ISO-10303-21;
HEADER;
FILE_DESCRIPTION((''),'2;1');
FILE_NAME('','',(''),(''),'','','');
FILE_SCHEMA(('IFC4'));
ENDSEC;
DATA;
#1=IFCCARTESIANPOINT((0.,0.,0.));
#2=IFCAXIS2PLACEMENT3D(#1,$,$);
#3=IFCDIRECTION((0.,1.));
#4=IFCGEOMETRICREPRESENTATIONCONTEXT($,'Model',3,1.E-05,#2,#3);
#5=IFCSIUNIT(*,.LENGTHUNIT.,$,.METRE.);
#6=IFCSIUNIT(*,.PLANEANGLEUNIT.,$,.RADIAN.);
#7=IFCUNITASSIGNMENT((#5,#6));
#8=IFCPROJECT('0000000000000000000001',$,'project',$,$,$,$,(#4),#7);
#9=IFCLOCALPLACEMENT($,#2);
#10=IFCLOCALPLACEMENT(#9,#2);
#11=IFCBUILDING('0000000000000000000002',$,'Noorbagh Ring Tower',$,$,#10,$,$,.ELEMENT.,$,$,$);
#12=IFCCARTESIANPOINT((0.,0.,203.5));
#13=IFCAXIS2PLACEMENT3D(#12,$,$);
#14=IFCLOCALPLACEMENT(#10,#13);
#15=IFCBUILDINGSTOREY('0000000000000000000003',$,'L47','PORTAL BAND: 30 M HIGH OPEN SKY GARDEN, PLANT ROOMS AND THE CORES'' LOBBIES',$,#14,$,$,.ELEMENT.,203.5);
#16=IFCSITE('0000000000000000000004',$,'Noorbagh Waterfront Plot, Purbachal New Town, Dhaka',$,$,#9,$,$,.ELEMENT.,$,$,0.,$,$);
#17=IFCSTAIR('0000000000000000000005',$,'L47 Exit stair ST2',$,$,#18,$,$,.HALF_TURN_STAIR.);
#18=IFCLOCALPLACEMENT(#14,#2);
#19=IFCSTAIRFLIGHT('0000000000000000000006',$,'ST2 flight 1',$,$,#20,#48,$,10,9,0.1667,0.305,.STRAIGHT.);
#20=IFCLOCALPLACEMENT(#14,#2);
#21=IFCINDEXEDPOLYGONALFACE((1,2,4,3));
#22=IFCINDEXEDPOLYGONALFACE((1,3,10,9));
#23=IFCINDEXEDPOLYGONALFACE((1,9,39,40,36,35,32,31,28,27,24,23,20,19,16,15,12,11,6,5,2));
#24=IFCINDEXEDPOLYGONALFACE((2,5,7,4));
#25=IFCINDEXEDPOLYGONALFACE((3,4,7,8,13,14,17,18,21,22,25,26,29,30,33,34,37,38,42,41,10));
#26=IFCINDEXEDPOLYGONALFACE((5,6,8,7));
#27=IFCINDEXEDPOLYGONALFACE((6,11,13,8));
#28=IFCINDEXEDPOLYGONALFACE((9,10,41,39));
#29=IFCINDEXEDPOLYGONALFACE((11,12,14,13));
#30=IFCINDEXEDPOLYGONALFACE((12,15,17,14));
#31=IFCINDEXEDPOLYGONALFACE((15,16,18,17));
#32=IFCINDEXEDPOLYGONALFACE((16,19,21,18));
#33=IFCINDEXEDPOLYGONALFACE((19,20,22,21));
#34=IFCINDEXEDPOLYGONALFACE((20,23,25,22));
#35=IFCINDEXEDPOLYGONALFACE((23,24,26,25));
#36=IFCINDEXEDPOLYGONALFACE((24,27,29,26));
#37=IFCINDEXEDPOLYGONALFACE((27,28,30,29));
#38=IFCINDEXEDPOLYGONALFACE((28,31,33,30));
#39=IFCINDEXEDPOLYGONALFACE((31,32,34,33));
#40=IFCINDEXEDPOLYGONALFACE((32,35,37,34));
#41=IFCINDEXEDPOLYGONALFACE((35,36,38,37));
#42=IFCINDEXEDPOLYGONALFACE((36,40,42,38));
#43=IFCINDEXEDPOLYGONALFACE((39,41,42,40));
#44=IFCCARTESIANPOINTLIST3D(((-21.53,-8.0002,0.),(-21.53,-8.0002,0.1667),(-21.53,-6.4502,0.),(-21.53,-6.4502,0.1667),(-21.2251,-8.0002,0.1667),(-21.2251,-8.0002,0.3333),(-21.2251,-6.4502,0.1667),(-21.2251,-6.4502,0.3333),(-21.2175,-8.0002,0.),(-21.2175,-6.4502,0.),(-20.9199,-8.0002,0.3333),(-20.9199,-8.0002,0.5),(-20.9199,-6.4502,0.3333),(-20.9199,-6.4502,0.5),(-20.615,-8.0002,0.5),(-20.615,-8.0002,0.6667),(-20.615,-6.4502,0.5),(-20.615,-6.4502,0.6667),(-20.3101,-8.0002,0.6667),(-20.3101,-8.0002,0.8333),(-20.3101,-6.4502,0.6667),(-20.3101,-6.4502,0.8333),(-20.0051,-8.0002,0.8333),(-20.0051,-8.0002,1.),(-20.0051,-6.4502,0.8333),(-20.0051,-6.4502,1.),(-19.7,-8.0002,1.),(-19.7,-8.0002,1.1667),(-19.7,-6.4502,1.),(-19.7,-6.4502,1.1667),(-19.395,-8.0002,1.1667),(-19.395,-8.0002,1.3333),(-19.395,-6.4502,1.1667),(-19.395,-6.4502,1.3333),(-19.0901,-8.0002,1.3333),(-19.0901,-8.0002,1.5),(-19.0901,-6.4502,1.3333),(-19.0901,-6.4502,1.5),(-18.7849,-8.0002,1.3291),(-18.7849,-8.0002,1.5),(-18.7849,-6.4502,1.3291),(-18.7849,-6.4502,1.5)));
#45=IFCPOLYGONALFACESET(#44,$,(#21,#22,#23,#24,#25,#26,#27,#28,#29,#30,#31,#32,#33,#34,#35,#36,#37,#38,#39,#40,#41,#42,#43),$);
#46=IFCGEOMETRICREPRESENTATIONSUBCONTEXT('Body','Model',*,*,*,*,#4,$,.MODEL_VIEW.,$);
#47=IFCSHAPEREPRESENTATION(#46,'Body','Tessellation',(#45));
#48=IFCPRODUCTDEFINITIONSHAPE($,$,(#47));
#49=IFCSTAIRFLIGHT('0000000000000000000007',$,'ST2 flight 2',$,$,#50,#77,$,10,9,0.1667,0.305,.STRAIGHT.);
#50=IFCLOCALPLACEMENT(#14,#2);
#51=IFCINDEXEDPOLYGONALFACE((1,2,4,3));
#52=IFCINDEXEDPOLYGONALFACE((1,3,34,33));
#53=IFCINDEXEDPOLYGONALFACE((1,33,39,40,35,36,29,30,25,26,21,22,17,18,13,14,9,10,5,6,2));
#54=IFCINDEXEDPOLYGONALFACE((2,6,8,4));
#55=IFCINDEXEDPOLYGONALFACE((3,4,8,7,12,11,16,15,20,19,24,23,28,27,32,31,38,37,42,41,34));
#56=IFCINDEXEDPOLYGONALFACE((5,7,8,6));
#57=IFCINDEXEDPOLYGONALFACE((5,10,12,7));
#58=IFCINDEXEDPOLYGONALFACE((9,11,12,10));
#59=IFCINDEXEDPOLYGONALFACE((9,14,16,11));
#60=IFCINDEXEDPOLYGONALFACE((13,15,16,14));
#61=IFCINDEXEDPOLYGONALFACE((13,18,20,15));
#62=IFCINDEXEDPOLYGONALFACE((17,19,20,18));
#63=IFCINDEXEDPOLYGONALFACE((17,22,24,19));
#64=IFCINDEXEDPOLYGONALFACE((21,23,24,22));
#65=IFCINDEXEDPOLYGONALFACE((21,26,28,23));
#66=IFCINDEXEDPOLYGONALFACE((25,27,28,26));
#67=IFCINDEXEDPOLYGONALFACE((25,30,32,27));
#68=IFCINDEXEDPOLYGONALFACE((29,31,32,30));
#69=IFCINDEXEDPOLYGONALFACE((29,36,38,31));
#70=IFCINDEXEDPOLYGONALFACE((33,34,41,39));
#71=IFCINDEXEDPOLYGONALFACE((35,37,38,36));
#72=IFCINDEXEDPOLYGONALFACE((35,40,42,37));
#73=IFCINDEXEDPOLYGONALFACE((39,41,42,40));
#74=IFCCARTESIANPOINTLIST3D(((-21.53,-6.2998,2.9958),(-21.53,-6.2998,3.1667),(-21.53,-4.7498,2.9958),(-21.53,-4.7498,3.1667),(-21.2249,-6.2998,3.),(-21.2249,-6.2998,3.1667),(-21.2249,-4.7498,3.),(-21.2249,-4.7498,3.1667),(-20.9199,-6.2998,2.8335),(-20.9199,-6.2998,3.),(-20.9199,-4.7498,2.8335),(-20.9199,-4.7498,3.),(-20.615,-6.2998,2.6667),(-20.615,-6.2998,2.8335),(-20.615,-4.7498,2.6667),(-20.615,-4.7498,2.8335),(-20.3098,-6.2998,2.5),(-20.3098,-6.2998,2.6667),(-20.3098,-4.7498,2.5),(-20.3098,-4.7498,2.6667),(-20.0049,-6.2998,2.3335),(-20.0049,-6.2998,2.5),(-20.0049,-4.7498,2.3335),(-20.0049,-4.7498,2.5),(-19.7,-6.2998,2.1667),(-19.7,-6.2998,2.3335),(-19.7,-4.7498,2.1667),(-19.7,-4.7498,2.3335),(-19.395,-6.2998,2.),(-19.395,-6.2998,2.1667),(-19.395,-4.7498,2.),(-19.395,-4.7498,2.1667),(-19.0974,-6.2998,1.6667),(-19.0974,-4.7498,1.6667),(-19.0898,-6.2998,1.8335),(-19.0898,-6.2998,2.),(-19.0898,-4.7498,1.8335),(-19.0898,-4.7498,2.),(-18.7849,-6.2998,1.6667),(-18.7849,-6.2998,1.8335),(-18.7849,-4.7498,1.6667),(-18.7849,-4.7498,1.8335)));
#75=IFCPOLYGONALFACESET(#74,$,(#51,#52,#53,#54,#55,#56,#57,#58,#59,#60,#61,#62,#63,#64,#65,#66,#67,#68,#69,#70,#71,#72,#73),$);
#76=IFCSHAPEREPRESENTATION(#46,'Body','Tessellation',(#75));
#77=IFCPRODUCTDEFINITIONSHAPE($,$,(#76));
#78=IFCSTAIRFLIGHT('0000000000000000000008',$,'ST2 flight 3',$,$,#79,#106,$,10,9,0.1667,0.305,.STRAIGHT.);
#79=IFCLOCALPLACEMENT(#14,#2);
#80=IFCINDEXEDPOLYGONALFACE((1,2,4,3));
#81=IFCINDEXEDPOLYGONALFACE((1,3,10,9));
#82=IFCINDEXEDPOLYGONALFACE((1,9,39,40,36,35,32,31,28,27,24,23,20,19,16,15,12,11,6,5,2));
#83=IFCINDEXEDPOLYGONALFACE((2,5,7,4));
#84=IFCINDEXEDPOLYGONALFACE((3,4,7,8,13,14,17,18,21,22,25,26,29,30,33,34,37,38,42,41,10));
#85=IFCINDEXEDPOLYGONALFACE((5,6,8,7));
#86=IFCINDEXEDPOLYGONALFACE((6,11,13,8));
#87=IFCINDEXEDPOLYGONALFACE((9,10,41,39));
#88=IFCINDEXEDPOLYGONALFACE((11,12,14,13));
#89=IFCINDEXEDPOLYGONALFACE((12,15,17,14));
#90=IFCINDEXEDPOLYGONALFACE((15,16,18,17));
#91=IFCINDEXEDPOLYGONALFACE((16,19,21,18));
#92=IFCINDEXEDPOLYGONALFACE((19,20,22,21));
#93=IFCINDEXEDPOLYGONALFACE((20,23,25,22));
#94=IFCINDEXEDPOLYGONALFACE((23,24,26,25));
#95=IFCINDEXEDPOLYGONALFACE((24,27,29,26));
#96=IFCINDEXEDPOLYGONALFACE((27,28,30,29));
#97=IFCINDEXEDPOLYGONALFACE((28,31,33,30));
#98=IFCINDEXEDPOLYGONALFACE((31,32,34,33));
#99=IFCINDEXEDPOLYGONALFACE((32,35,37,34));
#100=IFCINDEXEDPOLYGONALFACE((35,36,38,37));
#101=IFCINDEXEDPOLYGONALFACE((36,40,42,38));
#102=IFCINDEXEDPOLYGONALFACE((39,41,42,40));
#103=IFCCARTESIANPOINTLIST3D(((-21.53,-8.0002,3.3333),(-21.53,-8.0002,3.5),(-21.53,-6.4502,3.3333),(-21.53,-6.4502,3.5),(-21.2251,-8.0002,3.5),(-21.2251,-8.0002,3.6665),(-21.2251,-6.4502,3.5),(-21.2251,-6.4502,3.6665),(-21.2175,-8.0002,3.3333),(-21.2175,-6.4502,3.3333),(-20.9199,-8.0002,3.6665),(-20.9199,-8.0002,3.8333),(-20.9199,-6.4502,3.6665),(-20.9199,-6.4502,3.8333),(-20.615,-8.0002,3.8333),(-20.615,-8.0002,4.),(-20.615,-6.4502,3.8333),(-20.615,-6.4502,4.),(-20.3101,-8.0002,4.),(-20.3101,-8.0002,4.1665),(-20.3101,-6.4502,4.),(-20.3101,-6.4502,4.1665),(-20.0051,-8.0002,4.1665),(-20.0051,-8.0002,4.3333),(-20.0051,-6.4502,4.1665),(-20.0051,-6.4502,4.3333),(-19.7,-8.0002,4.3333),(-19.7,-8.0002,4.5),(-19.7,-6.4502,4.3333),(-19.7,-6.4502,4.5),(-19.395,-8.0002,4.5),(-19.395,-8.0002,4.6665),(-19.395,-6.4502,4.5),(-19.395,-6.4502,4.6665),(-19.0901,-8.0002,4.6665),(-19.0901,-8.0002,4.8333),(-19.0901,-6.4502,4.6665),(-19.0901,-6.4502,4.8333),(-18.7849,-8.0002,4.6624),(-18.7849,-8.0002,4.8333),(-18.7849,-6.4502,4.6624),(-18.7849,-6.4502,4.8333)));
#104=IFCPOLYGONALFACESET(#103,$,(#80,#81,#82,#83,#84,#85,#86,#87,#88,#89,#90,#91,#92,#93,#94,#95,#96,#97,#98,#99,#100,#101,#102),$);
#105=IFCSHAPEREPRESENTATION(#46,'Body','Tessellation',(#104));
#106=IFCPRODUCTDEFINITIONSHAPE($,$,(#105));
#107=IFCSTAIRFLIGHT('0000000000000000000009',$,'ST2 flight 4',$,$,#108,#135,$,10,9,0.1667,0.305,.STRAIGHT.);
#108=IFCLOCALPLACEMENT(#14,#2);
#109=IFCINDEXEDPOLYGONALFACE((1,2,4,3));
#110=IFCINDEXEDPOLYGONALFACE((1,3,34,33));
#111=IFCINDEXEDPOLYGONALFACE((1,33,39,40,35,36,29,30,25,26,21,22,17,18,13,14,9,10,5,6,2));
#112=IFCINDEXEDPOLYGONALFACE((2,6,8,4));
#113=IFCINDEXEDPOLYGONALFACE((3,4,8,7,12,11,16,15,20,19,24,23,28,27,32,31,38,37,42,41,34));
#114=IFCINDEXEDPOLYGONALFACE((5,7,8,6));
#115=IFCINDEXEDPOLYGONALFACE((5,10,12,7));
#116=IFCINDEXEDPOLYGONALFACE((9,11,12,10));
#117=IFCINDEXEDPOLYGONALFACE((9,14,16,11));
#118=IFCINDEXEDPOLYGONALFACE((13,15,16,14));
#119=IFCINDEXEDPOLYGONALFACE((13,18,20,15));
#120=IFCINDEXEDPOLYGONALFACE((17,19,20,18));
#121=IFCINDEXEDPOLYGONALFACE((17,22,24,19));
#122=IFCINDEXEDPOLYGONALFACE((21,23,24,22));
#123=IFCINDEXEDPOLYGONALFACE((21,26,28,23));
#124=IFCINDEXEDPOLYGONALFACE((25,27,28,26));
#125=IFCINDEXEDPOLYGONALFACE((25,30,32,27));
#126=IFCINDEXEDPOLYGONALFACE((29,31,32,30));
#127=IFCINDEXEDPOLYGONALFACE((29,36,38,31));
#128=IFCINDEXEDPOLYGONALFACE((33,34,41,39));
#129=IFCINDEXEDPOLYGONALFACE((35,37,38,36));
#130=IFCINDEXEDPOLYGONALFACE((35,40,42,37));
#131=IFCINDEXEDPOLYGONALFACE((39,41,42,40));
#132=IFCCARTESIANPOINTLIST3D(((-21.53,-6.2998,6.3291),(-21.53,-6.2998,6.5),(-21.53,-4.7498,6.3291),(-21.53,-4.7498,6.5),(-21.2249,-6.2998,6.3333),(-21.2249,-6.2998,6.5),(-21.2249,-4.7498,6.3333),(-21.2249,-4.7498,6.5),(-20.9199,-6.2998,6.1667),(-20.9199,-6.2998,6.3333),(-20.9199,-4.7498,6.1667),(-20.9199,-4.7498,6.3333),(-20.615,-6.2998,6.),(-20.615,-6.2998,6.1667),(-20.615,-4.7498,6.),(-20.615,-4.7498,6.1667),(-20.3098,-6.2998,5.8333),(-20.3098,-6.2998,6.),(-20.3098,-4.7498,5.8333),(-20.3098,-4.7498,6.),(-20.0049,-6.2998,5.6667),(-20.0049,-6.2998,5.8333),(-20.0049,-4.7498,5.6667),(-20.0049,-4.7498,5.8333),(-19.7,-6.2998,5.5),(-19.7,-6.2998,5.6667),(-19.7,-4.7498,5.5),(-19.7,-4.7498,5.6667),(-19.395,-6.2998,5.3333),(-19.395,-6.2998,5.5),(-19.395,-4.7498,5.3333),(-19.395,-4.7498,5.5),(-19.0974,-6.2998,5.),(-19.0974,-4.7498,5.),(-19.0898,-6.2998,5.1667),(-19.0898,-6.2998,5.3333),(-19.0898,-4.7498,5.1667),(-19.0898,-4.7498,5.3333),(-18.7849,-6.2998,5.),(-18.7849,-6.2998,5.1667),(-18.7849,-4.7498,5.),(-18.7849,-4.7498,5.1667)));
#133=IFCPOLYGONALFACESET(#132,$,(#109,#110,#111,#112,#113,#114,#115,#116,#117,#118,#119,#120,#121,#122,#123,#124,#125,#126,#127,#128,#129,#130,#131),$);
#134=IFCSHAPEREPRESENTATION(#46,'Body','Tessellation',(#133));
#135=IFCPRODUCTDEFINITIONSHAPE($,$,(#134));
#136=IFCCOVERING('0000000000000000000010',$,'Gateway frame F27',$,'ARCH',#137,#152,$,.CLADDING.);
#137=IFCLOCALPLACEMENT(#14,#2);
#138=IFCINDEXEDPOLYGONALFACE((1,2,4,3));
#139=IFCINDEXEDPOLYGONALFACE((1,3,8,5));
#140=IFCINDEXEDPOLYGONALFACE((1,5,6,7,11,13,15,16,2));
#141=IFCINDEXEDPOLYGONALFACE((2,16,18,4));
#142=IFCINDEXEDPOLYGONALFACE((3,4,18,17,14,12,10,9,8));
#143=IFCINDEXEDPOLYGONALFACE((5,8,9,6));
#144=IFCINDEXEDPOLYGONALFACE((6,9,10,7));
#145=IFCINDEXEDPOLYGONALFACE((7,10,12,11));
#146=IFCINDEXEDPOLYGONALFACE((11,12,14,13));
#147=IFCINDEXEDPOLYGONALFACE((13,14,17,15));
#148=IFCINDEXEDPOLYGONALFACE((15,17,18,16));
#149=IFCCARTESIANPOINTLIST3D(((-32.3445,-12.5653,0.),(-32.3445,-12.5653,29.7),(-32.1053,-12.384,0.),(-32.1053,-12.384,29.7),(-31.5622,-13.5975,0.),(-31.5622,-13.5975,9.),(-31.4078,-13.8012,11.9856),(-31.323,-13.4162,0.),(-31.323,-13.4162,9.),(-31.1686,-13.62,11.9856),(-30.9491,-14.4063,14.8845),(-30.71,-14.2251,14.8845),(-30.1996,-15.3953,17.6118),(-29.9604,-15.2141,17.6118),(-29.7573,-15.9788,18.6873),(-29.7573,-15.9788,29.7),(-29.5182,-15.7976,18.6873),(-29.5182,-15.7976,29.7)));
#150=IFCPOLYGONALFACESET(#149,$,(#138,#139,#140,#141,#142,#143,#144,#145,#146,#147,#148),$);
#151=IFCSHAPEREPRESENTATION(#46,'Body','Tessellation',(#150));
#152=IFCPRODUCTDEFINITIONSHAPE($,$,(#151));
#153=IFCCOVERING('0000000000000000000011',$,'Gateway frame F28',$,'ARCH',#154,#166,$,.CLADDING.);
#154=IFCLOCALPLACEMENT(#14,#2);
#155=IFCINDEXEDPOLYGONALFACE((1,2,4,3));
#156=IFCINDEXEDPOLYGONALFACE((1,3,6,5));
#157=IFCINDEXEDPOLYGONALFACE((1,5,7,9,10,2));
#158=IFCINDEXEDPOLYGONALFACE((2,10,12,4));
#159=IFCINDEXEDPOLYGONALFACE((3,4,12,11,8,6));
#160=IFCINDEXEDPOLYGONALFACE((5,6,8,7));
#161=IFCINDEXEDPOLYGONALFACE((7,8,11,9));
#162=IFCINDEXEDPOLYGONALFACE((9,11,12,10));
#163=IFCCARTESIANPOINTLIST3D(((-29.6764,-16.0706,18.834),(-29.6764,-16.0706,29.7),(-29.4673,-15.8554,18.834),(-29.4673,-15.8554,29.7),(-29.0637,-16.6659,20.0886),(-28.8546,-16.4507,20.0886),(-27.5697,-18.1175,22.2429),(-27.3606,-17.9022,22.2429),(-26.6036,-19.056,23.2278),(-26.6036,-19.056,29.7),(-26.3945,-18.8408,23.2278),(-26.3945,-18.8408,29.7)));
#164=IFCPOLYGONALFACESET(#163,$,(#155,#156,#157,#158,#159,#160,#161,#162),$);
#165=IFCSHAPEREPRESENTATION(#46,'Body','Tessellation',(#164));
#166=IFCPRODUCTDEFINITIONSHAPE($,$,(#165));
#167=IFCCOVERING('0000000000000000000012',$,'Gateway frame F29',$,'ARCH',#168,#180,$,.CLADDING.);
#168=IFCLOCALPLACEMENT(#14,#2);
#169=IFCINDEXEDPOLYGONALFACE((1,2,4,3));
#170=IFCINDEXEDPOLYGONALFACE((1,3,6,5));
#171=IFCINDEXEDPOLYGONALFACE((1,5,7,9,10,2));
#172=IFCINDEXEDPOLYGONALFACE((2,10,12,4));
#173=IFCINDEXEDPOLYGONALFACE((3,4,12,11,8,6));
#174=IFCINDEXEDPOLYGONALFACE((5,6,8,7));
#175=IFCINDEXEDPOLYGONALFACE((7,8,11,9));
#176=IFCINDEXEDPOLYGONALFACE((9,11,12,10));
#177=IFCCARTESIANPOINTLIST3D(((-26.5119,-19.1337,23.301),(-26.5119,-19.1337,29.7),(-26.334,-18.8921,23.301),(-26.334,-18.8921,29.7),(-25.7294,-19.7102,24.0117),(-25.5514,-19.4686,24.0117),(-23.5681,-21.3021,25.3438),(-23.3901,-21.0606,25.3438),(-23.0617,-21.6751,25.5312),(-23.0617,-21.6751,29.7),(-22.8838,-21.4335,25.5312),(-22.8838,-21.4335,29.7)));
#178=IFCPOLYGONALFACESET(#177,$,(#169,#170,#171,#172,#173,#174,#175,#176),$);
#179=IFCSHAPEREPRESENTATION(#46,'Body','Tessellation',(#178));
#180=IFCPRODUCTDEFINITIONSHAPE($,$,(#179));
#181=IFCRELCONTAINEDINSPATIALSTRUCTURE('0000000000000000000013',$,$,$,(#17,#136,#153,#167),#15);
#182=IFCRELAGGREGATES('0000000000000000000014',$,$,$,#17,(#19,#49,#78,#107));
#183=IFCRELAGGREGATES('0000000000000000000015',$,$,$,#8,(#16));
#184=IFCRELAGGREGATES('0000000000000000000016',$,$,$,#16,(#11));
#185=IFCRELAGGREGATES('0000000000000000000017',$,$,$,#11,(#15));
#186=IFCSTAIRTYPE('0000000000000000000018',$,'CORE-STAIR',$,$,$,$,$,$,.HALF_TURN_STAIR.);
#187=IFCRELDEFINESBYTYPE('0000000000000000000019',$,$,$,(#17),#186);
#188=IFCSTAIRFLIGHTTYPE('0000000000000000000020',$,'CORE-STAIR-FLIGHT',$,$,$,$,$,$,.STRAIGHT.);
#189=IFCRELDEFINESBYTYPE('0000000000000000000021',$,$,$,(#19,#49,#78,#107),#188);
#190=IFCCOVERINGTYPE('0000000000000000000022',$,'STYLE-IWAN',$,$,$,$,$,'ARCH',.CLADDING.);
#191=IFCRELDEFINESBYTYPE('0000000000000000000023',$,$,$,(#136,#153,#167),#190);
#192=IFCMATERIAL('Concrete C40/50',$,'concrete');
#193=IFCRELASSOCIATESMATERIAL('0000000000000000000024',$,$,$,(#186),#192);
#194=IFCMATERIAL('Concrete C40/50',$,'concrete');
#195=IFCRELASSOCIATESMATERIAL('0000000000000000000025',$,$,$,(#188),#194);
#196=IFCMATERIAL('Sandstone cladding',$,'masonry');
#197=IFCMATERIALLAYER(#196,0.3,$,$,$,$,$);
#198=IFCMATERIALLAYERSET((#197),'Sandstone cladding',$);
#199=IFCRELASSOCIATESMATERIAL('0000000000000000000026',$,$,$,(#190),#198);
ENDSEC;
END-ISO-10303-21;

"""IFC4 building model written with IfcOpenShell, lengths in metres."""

from ifc_helpers import new_model, si_unit, direction, frame, origin, place, context, subcontext, project, spatial, polyline, outline, extrude, material, layer, layer_set, type_object, element, aggregate, save


model = new_model("IFC4")

# Units and contexts
model_context = context("Model", 3, precision=1e-05, world=origin(), true_north=direction((0.0, 1.0)))
body_context = subcontext(model_context, "Body", "Model", "MODEL_VIEW")
ifc_project = project(units=[si_unit("LENGTHUNIT", "METRE"), si_unit("PLANEANGLEUNIT", "RADIAN")], contexts=[model_context])

# Site, building, storey
site_placement = place(None, origin())
site = spatial("IfcSite", under=ifc_project, at=site_placement, Name="Noorbagh Waterfront Plot, Purbachal New Town, Dhaka", CompositionType="ELEMENT", RefElevation=0.0)
building_placement = place(site_placement, origin())
building = spatial("IfcBuilding", under=site, at=building_placement, Name="Noorbagh Ring Tower", CompositionType="ELEMENT")
storey_placement = place(building_placement, frame((0.0, 0.0, 203.5)))
storey = spatial("IfcBuildingStorey", under=building, at=storey_placement, Name="L47", Description="PORTAL BAND: 30 M HIGH OPEN SKY GARDEN, PLANT ROOMS AND THE CORES' LOBBIES", CompositionType="ELEMENT", Elevation=203.5)

# Stair, stair flights
ifc_material_1 = material(Name="Concrete C40/50", Category="concrete")
stair_type = type_object("IfcStairType", Name="CORE-STAIR", PredefinedType="HALF_TURN_STAIR", material=ifc_material_1)
stair_placement = place(storey_placement, origin())
stair = element("IfcStair", 1, at=stair_placement, inside=storey, type_object=stair_type, Name="L47 Exit stair ST2", PredefinedType="HALF_TURN_STAIR")
ifc_material_2 = material(Name="Concrete C40/50", Category="concrete")
stair_flight_type = type_object("IfcStairFlightType", Name="CORE-STAIR-FLIGHT", PredefinedType="STRAIGHT", material=ifc_material_2)
stair_flight_1_placement = place(storey_placement, frame((-21.53, -7.2251, 0.0), z_axis=(0.0, 0.0, 1.0), x_axis=(1.0, 0.0, 0.0)))
stair_flight_1 = element("IfcStairFlight", 2, at=stair_flight_1_placement, type_object=stair_flight_type, Name="ST2 flight 1", NumberOfRisers=10, NumberOfTreads=9, PredefinedType="STRAIGHT", RiserHeight=0.1667, TreadLength=0.305, context=body_context, shape_type="SweptSolid", body=[
    extrude(outline(polyline([(0.0, 0.0), (0.0, 0.1667), (0.3049, 0.1667), (0.3049, 0.3333), (0.6101, 0.3333), (0.6101, 0.5), (0.915, 0.5), (0.915, 0.6667), (1.22, 0.6667), (1.22, 0.8333), (1.5249, 0.8333), (1.5249, 1.0), (1.8301, 1.0), (1.8301, 1.1667), (2.135, 1.1667), (2.135, 1.3333), (2.4399, 1.3333), (2.4399, 1.5), (2.7451, 1.5), (2.7451, 1.6667), (2.7451, 1.3291), (0.3125, 0.0), (0.0, 0.0)])), frame((0.0, 0.7749, 0.0), z_axis=(0.0, -1.0, 0.0), x_axis=(1.0, 0.0, 0.0)), (0.0, 0.0, 1.0), 1.55),
])
stair_flight_2_placement = place(storey_placement, frame((-18.7849, -5.5249, 1.6667), z_axis=(0.0, 0.0, 1.0), x_axis=(-1.0, 0.0, 0.0)))
stair_flight_2 = element("IfcStairFlight", 3, at=stair_flight_2_placement, type_object=stair_flight_type, Name="ST2 flight 2", NumberOfRisers=10, NumberOfTreads=9, PredefinedType="STRAIGHT", RiserHeight=0.1667, TreadLength=0.305, context=body_context, shape_type="SweptSolid", body=[
    extrude(outline(polyline([(0.0, 0.0), (0.0, 0.1667), (0.3049, 0.1667), (0.3049, 0.3333), (0.6101, 0.3333), (0.6101, 0.5), (0.915, 0.5), (0.915, 0.6667), (1.22, 0.6667), (1.22, 0.8333), (1.5249, 0.8333), (1.5249, 1.0), (1.8301, 1.0), (1.8301, 1.1667), (2.135, 1.1667), (2.135, 1.3333), (2.4399, 1.3333), (2.4399, 1.5), (2.7451, 1.5), (2.7451, 1.6667), (2.7451, 1.3291), (0.3125, 0.0), (0.0, 0.0)])), frame((0.0, 0.7749, 0.0), z_axis=(0.0, -1.0, 0.0), x_axis=(1.0, 0.0, 0.0)), (0.0, 0.0, 1.0), 1.55),
])
stair_flight_3_placement = place(storey_placement, frame((-21.53, -7.2251, 3.3333), z_axis=(0.0, 0.0, 1.0), x_axis=(1.0, 0.0, 0.0)))
stair_flight_3 = element("IfcStairFlight", 4, at=stair_flight_3_placement, type_object=stair_flight_type, Name="ST2 flight 3", NumberOfRisers=10, NumberOfTreads=9, PredefinedType="STRAIGHT", RiserHeight=0.1667, TreadLength=0.305, context=body_context, shape_type="SweptSolid", body=[
    extrude(outline(polyline([(0.0, 0.0), (0.0, 0.1667), (0.3049, 0.1667), (0.3049, 0.3333), (0.6101, 0.3333), (0.6101, 0.5), (0.915, 0.5), (0.915, 0.6667), (1.22, 0.6667), (1.22, 0.8333), (1.5249, 0.8333), (1.5249, 1.0), (1.8301, 1.0), (1.8301, 1.1667), (2.135, 1.1667), (2.135, 1.3333), (2.4399, 1.3333), (2.4399, 1.5), (2.7451, 1.5), (2.7451, 1.6667), (2.7451, 1.3291), (0.3125, 0.0), (0.0, 0.0)])), frame((0.0, 0.7749, 0.0), z_axis=(0.0, -1.0, 0.0), x_axis=(1.0, 0.0, 0.0)), (0.0, 0.0, 1.0), 1.55),
])
stair_flight_4_placement = place(storey_placement, frame((-18.7849, -5.5249, 5.0), z_axis=(0.0, 0.0, 1.0), x_axis=(-1.0, 0.0, 0.0)))
stair_flight_4 = element("IfcStairFlight", 5, at=stair_flight_4_placement, type_object=stair_flight_type, Name="ST2 flight 4", NumberOfRisers=10, NumberOfTreads=9, PredefinedType="STRAIGHT", RiserHeight=0.1667, TreadLength=0.305, context=body_context, shape_type="SweptSolid", body=[
    extrude(outline(polyline([(0.0, 0.0), (0.0, 0.1667), (0.3049, 0.1667), (0.3049, 0.3333), (0.6101, 0.3333), (0.6101, 0.5), (0.915, 0.5), (0.915, 0.6667), (1.22, 0.6667), (1.22, 0.8333), (1.5249, 0.8333), (1.5249, 1.0), (1.8301, 1.0), (1.8301, 1.1667), (2.135, 1.1667), (2.135, 1.3333), (2.4399, 1.3333), (2.4399, 1.5), (2.7451, 1.5), (2.7451, 1.6667), (2.7451, 1.3291), (0.3125, 0.0), (0.0, 0.0)])), frame((0.0, 0.7749, 0.0), z_axis=(0.0, -1.0, 0.0), x_axis=(1.0, 0.0, 0.0)), (0.0, 0.0, 1.0), 1.55),
])
aggregate(stair, [stair_flight_1, stair_flight_2, stair_flight_3, stair_flight_4])

# Coverings
ifc_material_3 = material(Name="Sandstone cladding", Category="masonry")
ifc_layer_1 = layer(ifc_material_3, 0.3)
ifc_layer_set_1 = layer_set([ifc_layer_1], Name="Sandstone cladding")
covering_type = type_object("IfcCoveringType", Name="STYLE-IWAN", ElementType="ARCH", PredefinedType="CLADDING", material=ifc_layer_set_1)
covering_1_placement = place(storey_placement, frame((-30.8118, -14.0908, 0.0), z_axis=(-0.796969, -0.60402, 0.0), x_axis=(0.60402, -0.796969, 0.0)))
element("IfcCovering", 6, at=covering_1_placement, inside=storey, type_object=covering_type, Name="Gateway frame F27", ObjectType="ARCH", PredefinedType="CLADDING", context=body_context, shape_type="SweptSolid", body=[
    extrude(outline(polyline([(-2.1416, 0.0), (-0.8464, 0.0), (-0.8464, 9.0), (-0.5908, 11.9856), (0.1685, 14.8845), (1.4094, 17.6118), (2.1416, 18.6873), (2.1416, 29.7), (-2.1416, 29.7), (-2.1416, 0.0)])), origin(), (0.0, 0.0, 1.0), 0.3),
])
covering_2_placement = place(storey_placement, frame((-27.9309, -17.3481, 0.0), z_axis=(-0.696842, -0.717225, 0.0), x_axis=(0.717225, -0.696842, 0.0)))
element("IfcCovering", 7, at=covering_2_placement, inside=storey, type_object=covering_type, Name="Gateway frame F28", ObjectType="ARCH", PredefinedType="CLADDING", context=body_context, shape_type="SweptSolid", body=[
    extrude(outline(polyline([(-2.1421, 29.7), (-2.1421, 18.834), (-1.2878, 20.0886), (0.7952, 22.2429), (2.1421, 23.2278), (2.1421, 29.7), (-2.1421, 29.7)])), origin(), (0.0, 0.0, 1.0), 0.3),
])
covering_3_placement = place(storey_placement, frame((-24.6089, -20.1628, 0.0), z_axis=(-0.593067, -0.805153, 0.0), x_axis=(0.805153, -0.593067, 0.0)))
element("IfcCovering", 8, at=covering_3_placement, inside=storey, type_object=covering_type, Name="Gateway frame F29", ObjectType="ARCH", PredefinedType="CLADDING", context=body_context, shape_type="SweptSolid", body=[
    extrude(outline(polyline([(-2.1426, 29.7), (-2.1426, 23.301), (-1.1707, 24.0117), (1.5137, 25.3438), (2.1426, 25.5312), (2.1426, 29.7), (-2.1426, 29.7)])), origin(), (0.0, 0.0, 1.0), 0.3),
])

save(model, "model.ifc")
